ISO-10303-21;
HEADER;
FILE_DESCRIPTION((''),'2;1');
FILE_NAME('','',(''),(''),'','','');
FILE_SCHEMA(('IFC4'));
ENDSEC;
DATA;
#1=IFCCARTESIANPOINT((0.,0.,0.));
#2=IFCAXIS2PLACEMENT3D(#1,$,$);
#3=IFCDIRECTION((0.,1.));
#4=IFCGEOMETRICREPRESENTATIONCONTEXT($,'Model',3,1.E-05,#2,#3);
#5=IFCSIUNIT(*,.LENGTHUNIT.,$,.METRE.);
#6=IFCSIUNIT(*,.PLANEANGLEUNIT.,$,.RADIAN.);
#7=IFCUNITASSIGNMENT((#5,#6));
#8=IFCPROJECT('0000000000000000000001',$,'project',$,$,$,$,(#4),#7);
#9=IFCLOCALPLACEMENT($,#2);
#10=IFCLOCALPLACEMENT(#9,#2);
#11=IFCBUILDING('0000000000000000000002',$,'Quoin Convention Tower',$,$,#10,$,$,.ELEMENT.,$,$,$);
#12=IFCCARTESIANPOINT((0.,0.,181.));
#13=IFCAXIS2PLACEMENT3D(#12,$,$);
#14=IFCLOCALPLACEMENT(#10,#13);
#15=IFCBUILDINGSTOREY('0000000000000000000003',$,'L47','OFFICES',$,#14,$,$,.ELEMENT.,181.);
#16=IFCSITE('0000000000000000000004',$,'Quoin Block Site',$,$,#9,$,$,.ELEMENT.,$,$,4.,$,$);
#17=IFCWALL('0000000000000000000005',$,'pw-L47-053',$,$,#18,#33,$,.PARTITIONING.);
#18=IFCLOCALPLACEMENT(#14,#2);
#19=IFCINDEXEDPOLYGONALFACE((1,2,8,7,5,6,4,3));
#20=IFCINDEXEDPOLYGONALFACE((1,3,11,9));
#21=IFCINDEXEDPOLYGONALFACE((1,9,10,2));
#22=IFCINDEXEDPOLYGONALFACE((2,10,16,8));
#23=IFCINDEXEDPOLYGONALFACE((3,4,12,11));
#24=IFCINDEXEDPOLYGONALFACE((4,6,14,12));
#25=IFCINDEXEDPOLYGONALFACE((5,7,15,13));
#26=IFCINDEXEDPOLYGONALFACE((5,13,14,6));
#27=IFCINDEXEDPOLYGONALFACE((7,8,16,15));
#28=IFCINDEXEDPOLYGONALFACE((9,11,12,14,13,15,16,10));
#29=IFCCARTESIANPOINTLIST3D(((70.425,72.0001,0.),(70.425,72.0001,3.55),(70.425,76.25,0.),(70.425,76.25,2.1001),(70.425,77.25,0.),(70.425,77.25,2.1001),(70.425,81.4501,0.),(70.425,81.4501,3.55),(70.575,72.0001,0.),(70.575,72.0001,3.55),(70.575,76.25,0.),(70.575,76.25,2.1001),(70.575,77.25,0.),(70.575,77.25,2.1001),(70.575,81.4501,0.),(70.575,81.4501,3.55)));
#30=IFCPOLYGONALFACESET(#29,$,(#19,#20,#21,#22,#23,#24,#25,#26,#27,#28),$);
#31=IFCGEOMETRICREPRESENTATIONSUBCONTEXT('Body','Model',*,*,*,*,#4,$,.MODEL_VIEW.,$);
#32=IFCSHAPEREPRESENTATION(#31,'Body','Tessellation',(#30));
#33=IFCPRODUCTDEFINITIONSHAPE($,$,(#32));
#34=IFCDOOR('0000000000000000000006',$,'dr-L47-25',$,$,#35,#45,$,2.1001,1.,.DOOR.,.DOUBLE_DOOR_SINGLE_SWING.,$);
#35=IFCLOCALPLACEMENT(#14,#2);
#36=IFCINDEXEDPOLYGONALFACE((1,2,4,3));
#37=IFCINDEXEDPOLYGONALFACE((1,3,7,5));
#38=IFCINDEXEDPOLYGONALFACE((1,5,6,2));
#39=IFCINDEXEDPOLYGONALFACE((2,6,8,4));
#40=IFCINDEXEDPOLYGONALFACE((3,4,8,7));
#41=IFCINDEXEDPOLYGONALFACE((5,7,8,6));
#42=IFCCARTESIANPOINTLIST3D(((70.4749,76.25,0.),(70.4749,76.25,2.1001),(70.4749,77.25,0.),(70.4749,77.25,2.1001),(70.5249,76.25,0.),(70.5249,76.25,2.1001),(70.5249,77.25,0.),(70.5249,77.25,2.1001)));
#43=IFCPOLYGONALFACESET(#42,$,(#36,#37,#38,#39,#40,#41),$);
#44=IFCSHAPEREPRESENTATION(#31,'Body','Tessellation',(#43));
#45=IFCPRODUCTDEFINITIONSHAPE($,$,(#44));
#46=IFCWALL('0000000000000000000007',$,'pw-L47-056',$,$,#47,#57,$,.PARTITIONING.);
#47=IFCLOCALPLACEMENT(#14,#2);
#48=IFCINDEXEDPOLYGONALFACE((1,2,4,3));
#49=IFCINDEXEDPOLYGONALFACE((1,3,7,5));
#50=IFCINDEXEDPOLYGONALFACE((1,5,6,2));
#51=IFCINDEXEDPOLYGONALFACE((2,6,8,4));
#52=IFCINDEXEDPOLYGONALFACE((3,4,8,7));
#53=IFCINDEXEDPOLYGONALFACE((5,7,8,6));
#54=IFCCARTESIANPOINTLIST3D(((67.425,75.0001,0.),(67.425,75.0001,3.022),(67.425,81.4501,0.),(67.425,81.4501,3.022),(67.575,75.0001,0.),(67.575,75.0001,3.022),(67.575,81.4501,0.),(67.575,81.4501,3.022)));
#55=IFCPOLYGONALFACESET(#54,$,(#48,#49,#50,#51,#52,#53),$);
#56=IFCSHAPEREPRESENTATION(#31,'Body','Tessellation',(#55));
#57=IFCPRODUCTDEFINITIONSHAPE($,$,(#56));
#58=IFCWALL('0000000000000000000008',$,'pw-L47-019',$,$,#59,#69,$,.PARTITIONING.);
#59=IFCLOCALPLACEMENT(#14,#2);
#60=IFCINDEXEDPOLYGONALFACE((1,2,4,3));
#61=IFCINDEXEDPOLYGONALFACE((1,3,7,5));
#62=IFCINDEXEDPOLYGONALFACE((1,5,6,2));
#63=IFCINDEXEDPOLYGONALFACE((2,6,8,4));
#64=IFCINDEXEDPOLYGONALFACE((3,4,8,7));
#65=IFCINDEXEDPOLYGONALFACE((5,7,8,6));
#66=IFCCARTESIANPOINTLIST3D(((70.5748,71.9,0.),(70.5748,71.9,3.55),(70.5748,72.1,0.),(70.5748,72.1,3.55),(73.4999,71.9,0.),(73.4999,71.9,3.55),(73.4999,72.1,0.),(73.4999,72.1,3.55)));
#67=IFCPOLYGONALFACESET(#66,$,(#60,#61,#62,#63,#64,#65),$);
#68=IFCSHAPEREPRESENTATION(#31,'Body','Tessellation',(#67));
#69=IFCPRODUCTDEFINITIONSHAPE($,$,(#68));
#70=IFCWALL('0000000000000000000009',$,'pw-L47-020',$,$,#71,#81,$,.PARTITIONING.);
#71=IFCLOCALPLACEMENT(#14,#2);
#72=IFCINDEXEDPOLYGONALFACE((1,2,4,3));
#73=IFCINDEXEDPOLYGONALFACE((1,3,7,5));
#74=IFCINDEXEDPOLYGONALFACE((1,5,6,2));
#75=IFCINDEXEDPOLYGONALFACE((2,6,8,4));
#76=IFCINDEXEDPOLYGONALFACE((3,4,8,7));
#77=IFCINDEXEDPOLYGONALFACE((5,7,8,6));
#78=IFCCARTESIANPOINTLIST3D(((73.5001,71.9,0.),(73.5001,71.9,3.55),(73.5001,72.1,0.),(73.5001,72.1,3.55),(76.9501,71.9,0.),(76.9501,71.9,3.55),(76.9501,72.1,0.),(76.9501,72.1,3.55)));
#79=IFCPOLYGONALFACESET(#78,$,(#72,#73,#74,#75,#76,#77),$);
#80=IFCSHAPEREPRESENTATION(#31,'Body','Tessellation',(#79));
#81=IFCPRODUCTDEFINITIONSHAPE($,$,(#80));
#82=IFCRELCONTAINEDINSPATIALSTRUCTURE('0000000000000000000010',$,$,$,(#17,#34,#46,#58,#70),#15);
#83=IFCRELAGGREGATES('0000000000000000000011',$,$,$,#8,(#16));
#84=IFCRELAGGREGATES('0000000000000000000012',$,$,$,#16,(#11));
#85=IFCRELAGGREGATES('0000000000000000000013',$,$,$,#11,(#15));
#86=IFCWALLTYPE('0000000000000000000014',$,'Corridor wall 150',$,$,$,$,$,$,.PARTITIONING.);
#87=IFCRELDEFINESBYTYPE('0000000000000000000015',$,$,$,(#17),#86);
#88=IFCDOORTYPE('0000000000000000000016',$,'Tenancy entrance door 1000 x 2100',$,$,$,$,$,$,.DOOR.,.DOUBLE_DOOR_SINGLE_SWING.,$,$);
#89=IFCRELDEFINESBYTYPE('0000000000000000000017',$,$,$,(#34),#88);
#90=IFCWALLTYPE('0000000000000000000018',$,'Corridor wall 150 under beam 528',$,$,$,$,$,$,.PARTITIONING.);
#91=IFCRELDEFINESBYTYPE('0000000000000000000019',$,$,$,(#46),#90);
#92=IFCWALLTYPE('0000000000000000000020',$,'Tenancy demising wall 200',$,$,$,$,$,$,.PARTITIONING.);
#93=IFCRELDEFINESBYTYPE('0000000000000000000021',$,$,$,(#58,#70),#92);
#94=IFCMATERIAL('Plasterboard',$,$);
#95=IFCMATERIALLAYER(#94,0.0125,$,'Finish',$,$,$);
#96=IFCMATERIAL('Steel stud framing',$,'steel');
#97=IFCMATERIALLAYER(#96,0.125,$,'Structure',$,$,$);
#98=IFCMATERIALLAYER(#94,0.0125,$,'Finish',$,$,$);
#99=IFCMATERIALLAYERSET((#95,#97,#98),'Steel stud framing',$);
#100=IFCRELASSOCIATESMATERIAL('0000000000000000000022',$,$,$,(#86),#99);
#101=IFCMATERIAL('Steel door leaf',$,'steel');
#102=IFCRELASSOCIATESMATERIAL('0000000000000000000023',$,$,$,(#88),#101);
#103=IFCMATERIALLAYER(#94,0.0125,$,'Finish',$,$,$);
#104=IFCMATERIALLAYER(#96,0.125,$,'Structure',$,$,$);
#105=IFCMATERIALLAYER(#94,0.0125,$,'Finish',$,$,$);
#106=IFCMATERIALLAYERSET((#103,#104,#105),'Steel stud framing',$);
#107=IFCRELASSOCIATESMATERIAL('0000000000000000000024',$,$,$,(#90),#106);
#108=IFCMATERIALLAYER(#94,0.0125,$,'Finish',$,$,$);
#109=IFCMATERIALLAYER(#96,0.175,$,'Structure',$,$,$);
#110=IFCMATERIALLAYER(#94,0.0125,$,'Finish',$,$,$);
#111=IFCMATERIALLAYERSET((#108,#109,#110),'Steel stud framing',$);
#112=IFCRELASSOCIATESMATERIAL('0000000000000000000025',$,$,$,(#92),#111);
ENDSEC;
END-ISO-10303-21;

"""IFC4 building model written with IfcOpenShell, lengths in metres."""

from ifc_helpers import new_model, si_unit, direction, frame, frame_2d, origin, place, context, subcontext, project, spatial, rectangle, extrude, material, layer, layer_set, type_object, element, fill, save


model = new_model("IFC4")

# Units and contexts
model_context = context("Model", 3, precision=1e-05, world=origin(), true_north=direction((0.0, 1.0)))
body_context = subcontext(model_context, "Body", "Model", "MODEL_VIEW")
ifc_project = project(units=[si_unit("LENGTHUNIT", "METRE"), si_unit("PLANEANGLEUNIT", "RADIAN")], contexts=[model_context])

# Site, building, storey
site_placement = place(None, origin())
site = spatial("IfcSite", under=ifc_project, at=site_placement, Name="Quoin Block Site", CompositionType="ELEMENT", RefElevation=4.0)
building_placement = place(site_placement, origin())
building = spatial("IfcBuilding", under=site, at=building_placement, Name="Quoin Convention Tower", CompositionType="ELEMENT")
storey_placement = place(building_placement, frame((0.0, 0.0, 181.0)))
storey = spatial("IfcBuildingStorey", under=building, at=storey_placement, Name="L47", Description="OFFICES", CompositionType="ELEMENT", Elevation=181.0)

# Shared definitions
ifc_material_1 = material(Name="Plasterboard")
ifc_material_2 = material(Name="Steel stud framing", Category="steel")

# Shared definitions
ifc_material_3 = material(Name="Steel door leaf", Category="steel")

# Wall, opening, door
ifc_layer_1 = layer(ifc_material_1, 0.0125, Name="Finish")
ifc_layer_2 = layer(ifc_material_2, 0.125, Name="Structure")
ifc_layer_3 = layer(ifc_material_1, 0.0125, Name="Finish")
ifc_layer_set_1 = layer_set([ifc_layer_1, ifc_layer_2, ifc_layer_3], Name="Steel stud framing")
wall_type_1 = type_object("IfcWallType", Name="Corridor wall 150", PredefinedType="PARTITIONING", material=ifc_layer_set_1)
wall_1_placement = place(storey_placement, frame((70.5, 72.0, 0.0), z_axis=(0.0, 0.0, 1.0), x_axis=(0.0, 1.0, 0.0)))
wall_1 = element("IfcWall", 1, at=wall_1_placement, inside=storey, type_object=wall_type_1, Name="pw-L47-053", PredefinedType="PARTITIONING", context=body_context, shape_type="SweptSolid", body=[
    extrude(rectangle(XDim=9.45, YDim=0.1499, at=frame_2d((4.7251, 0.0))), origin(), (0.0, 0.0, 1.0), 3.55),
])
opening_1_placement = place(wall_1_placement, frame((4.25, 0.0, 0.0)))
opening_1 = element("IfcOpeningElement", 2, at=opening_1_placement, cuts=wall_1, PredefinedType="OPENING", context=body_context, shape_type="SweptSolid", body=[
    extrude(rectangle(XDim=1.0, YDim=2.1001, at=frame_2d((0.5, 1.05))), frame((0.0, 0.085, 0.0), z_axis=(0.0, -1.0, 0.0), x_axis=(1.0, 0.0, 0.0)), (0.0, 0.0, 1.0), 0.1699),
])
door_type_1 = type_object("IfcDoorType", Name="Tenancy entrance door 1000 x 2100", OperationType="DOUBLE_DOOR_SINGLE_SWING", PredefinedType="DOOR", material=ifc_material_3)
door_1_placement = place(opening_1_placement, frame((1.0, 0.0, 0.0), z_axis=(0.0, 0.0, 1.0), x_axis=(-1.0, 0.0, 0.0)))
door_1 = element("IfcDoor", 3, at=door_1_placement, inside=storey, type_object=door_type_1, Name="dr-L47-25", OperationType="DOUBLE_DOOR_SINGLE_SWING", OverallHeight=2.1001, OverallWidth=1.0, PredefinedType="DOOR", context=body_context, shape_type="SweptSolid", body=[
    extrude(rectangle(XDim=1.0, YDim=2.1001, at=frame_2d((0.5, 1.05))), frame((0.0, 0.0249, 0.0), z_axis=(0.0, -1.0, 0.0), x_axis=(1.0, 0.0, 0.0)), (0.0, 0.0, 1.0), 0.05),
])
fill(opening_1, door_1)

# Walls
ifc_layer_4 = layer(ifc_material_1, 0.0125, Name="Finish")
ifc_layer_5 = layer(ifc_material_2, 0.125, Name="Structure")
ifc_layer_6 = layer(ifc_material_1, 0.0125, Name="Finish")
ifc_layer_set_2 = layer_set([ifc_layer_4, ifc_layer_5, ifc_layer_6], Name="Steel stud framing")
wall_type_2 = type_object("IfcWallType", Name="Corridor wall 150 under beam 528", PredefinedType="PARTITIONING", material=ifc_layer_set_2)
wall_2_placement = place(storey_placement, frame((67.5, 75.0, 0.0), z_axis=(0.0, 0.0, 1.0), x_axis=(0.0, 1.0, 0.0)))
element("IfcWall", 4, at=wall_2_placement, inside=storey, type_object=wall_type_2, Name="pw-L47-056", PredefinedType="PARTITIONING", context=body_context, shape_type="SweptSolid", body=[
    extrude(rectangle(XDim=6.45, YDim=0.1499, at=frame_2d((3.2251, 0.0))), origin(), (0.0, 0.0, 1.0), 3.022),
])
ifc_layer_7 = layer(ifc_material_1, 0.0125, Name="Finish")
ifc_layer_8 = layer(ifc_material_2, 0.175, Name="Structure")
ifc_layer_9 = layer(ifc_material_1, 0.0125, Name="Finish")
ifc_layer_set_3 = layer_set([ifc_layer_7, ifc_layer_8, ifc_layer_9], Name="Steel stud framing")
wall_type_3 = type_object("IfcWallType", Name="Tenancy demising wall 200", PredefinedType="PARTITIONING", material=ifc_layer_set_3)
wall_3_placement = place(storey_placement, frame((70.575, 72.0, 0.0), z_axis=(0.0, 0.0, 1.0), x_axis=(1.0, 0.0, 0.0)))
element("IfcWall", 5, at=wall_3_placement, inside=storey, type_object=wall_type_3, Name="pw-L47-019", PredefinedType="PARTITIONING", context=body_context, shape_type="SweptSolid", body=[
    extrude(rectangle(XDim=2.925, YDim=0.2, at=frame_2d((1.4624, 0.0))), origin(), (0.0, 0.0, 1.0), 3.55),
])
wall_4_placement = place(storey_placement, frame((73.5, 72.0, 0.0), z_axis=(0.0, 0.0, 1.0), x_axis=(1.0, 0.0, 0.0)))
element("IfcWall", 6, at=wall_4_placement, inside=storey, type_object=wall_type_3, Name="pw-L47-020", PredefinedType="PARTITIONING", context=body_context, shape_type="SweptSolid", body=[
    extrude(rectangle(XDim=3.45, YDim=0.2, at=frame_2d((1.7251, 0.0))), origin(), (0.0, 0.0, 1.0), 3.55),
])

save(model, "model.ifc")
